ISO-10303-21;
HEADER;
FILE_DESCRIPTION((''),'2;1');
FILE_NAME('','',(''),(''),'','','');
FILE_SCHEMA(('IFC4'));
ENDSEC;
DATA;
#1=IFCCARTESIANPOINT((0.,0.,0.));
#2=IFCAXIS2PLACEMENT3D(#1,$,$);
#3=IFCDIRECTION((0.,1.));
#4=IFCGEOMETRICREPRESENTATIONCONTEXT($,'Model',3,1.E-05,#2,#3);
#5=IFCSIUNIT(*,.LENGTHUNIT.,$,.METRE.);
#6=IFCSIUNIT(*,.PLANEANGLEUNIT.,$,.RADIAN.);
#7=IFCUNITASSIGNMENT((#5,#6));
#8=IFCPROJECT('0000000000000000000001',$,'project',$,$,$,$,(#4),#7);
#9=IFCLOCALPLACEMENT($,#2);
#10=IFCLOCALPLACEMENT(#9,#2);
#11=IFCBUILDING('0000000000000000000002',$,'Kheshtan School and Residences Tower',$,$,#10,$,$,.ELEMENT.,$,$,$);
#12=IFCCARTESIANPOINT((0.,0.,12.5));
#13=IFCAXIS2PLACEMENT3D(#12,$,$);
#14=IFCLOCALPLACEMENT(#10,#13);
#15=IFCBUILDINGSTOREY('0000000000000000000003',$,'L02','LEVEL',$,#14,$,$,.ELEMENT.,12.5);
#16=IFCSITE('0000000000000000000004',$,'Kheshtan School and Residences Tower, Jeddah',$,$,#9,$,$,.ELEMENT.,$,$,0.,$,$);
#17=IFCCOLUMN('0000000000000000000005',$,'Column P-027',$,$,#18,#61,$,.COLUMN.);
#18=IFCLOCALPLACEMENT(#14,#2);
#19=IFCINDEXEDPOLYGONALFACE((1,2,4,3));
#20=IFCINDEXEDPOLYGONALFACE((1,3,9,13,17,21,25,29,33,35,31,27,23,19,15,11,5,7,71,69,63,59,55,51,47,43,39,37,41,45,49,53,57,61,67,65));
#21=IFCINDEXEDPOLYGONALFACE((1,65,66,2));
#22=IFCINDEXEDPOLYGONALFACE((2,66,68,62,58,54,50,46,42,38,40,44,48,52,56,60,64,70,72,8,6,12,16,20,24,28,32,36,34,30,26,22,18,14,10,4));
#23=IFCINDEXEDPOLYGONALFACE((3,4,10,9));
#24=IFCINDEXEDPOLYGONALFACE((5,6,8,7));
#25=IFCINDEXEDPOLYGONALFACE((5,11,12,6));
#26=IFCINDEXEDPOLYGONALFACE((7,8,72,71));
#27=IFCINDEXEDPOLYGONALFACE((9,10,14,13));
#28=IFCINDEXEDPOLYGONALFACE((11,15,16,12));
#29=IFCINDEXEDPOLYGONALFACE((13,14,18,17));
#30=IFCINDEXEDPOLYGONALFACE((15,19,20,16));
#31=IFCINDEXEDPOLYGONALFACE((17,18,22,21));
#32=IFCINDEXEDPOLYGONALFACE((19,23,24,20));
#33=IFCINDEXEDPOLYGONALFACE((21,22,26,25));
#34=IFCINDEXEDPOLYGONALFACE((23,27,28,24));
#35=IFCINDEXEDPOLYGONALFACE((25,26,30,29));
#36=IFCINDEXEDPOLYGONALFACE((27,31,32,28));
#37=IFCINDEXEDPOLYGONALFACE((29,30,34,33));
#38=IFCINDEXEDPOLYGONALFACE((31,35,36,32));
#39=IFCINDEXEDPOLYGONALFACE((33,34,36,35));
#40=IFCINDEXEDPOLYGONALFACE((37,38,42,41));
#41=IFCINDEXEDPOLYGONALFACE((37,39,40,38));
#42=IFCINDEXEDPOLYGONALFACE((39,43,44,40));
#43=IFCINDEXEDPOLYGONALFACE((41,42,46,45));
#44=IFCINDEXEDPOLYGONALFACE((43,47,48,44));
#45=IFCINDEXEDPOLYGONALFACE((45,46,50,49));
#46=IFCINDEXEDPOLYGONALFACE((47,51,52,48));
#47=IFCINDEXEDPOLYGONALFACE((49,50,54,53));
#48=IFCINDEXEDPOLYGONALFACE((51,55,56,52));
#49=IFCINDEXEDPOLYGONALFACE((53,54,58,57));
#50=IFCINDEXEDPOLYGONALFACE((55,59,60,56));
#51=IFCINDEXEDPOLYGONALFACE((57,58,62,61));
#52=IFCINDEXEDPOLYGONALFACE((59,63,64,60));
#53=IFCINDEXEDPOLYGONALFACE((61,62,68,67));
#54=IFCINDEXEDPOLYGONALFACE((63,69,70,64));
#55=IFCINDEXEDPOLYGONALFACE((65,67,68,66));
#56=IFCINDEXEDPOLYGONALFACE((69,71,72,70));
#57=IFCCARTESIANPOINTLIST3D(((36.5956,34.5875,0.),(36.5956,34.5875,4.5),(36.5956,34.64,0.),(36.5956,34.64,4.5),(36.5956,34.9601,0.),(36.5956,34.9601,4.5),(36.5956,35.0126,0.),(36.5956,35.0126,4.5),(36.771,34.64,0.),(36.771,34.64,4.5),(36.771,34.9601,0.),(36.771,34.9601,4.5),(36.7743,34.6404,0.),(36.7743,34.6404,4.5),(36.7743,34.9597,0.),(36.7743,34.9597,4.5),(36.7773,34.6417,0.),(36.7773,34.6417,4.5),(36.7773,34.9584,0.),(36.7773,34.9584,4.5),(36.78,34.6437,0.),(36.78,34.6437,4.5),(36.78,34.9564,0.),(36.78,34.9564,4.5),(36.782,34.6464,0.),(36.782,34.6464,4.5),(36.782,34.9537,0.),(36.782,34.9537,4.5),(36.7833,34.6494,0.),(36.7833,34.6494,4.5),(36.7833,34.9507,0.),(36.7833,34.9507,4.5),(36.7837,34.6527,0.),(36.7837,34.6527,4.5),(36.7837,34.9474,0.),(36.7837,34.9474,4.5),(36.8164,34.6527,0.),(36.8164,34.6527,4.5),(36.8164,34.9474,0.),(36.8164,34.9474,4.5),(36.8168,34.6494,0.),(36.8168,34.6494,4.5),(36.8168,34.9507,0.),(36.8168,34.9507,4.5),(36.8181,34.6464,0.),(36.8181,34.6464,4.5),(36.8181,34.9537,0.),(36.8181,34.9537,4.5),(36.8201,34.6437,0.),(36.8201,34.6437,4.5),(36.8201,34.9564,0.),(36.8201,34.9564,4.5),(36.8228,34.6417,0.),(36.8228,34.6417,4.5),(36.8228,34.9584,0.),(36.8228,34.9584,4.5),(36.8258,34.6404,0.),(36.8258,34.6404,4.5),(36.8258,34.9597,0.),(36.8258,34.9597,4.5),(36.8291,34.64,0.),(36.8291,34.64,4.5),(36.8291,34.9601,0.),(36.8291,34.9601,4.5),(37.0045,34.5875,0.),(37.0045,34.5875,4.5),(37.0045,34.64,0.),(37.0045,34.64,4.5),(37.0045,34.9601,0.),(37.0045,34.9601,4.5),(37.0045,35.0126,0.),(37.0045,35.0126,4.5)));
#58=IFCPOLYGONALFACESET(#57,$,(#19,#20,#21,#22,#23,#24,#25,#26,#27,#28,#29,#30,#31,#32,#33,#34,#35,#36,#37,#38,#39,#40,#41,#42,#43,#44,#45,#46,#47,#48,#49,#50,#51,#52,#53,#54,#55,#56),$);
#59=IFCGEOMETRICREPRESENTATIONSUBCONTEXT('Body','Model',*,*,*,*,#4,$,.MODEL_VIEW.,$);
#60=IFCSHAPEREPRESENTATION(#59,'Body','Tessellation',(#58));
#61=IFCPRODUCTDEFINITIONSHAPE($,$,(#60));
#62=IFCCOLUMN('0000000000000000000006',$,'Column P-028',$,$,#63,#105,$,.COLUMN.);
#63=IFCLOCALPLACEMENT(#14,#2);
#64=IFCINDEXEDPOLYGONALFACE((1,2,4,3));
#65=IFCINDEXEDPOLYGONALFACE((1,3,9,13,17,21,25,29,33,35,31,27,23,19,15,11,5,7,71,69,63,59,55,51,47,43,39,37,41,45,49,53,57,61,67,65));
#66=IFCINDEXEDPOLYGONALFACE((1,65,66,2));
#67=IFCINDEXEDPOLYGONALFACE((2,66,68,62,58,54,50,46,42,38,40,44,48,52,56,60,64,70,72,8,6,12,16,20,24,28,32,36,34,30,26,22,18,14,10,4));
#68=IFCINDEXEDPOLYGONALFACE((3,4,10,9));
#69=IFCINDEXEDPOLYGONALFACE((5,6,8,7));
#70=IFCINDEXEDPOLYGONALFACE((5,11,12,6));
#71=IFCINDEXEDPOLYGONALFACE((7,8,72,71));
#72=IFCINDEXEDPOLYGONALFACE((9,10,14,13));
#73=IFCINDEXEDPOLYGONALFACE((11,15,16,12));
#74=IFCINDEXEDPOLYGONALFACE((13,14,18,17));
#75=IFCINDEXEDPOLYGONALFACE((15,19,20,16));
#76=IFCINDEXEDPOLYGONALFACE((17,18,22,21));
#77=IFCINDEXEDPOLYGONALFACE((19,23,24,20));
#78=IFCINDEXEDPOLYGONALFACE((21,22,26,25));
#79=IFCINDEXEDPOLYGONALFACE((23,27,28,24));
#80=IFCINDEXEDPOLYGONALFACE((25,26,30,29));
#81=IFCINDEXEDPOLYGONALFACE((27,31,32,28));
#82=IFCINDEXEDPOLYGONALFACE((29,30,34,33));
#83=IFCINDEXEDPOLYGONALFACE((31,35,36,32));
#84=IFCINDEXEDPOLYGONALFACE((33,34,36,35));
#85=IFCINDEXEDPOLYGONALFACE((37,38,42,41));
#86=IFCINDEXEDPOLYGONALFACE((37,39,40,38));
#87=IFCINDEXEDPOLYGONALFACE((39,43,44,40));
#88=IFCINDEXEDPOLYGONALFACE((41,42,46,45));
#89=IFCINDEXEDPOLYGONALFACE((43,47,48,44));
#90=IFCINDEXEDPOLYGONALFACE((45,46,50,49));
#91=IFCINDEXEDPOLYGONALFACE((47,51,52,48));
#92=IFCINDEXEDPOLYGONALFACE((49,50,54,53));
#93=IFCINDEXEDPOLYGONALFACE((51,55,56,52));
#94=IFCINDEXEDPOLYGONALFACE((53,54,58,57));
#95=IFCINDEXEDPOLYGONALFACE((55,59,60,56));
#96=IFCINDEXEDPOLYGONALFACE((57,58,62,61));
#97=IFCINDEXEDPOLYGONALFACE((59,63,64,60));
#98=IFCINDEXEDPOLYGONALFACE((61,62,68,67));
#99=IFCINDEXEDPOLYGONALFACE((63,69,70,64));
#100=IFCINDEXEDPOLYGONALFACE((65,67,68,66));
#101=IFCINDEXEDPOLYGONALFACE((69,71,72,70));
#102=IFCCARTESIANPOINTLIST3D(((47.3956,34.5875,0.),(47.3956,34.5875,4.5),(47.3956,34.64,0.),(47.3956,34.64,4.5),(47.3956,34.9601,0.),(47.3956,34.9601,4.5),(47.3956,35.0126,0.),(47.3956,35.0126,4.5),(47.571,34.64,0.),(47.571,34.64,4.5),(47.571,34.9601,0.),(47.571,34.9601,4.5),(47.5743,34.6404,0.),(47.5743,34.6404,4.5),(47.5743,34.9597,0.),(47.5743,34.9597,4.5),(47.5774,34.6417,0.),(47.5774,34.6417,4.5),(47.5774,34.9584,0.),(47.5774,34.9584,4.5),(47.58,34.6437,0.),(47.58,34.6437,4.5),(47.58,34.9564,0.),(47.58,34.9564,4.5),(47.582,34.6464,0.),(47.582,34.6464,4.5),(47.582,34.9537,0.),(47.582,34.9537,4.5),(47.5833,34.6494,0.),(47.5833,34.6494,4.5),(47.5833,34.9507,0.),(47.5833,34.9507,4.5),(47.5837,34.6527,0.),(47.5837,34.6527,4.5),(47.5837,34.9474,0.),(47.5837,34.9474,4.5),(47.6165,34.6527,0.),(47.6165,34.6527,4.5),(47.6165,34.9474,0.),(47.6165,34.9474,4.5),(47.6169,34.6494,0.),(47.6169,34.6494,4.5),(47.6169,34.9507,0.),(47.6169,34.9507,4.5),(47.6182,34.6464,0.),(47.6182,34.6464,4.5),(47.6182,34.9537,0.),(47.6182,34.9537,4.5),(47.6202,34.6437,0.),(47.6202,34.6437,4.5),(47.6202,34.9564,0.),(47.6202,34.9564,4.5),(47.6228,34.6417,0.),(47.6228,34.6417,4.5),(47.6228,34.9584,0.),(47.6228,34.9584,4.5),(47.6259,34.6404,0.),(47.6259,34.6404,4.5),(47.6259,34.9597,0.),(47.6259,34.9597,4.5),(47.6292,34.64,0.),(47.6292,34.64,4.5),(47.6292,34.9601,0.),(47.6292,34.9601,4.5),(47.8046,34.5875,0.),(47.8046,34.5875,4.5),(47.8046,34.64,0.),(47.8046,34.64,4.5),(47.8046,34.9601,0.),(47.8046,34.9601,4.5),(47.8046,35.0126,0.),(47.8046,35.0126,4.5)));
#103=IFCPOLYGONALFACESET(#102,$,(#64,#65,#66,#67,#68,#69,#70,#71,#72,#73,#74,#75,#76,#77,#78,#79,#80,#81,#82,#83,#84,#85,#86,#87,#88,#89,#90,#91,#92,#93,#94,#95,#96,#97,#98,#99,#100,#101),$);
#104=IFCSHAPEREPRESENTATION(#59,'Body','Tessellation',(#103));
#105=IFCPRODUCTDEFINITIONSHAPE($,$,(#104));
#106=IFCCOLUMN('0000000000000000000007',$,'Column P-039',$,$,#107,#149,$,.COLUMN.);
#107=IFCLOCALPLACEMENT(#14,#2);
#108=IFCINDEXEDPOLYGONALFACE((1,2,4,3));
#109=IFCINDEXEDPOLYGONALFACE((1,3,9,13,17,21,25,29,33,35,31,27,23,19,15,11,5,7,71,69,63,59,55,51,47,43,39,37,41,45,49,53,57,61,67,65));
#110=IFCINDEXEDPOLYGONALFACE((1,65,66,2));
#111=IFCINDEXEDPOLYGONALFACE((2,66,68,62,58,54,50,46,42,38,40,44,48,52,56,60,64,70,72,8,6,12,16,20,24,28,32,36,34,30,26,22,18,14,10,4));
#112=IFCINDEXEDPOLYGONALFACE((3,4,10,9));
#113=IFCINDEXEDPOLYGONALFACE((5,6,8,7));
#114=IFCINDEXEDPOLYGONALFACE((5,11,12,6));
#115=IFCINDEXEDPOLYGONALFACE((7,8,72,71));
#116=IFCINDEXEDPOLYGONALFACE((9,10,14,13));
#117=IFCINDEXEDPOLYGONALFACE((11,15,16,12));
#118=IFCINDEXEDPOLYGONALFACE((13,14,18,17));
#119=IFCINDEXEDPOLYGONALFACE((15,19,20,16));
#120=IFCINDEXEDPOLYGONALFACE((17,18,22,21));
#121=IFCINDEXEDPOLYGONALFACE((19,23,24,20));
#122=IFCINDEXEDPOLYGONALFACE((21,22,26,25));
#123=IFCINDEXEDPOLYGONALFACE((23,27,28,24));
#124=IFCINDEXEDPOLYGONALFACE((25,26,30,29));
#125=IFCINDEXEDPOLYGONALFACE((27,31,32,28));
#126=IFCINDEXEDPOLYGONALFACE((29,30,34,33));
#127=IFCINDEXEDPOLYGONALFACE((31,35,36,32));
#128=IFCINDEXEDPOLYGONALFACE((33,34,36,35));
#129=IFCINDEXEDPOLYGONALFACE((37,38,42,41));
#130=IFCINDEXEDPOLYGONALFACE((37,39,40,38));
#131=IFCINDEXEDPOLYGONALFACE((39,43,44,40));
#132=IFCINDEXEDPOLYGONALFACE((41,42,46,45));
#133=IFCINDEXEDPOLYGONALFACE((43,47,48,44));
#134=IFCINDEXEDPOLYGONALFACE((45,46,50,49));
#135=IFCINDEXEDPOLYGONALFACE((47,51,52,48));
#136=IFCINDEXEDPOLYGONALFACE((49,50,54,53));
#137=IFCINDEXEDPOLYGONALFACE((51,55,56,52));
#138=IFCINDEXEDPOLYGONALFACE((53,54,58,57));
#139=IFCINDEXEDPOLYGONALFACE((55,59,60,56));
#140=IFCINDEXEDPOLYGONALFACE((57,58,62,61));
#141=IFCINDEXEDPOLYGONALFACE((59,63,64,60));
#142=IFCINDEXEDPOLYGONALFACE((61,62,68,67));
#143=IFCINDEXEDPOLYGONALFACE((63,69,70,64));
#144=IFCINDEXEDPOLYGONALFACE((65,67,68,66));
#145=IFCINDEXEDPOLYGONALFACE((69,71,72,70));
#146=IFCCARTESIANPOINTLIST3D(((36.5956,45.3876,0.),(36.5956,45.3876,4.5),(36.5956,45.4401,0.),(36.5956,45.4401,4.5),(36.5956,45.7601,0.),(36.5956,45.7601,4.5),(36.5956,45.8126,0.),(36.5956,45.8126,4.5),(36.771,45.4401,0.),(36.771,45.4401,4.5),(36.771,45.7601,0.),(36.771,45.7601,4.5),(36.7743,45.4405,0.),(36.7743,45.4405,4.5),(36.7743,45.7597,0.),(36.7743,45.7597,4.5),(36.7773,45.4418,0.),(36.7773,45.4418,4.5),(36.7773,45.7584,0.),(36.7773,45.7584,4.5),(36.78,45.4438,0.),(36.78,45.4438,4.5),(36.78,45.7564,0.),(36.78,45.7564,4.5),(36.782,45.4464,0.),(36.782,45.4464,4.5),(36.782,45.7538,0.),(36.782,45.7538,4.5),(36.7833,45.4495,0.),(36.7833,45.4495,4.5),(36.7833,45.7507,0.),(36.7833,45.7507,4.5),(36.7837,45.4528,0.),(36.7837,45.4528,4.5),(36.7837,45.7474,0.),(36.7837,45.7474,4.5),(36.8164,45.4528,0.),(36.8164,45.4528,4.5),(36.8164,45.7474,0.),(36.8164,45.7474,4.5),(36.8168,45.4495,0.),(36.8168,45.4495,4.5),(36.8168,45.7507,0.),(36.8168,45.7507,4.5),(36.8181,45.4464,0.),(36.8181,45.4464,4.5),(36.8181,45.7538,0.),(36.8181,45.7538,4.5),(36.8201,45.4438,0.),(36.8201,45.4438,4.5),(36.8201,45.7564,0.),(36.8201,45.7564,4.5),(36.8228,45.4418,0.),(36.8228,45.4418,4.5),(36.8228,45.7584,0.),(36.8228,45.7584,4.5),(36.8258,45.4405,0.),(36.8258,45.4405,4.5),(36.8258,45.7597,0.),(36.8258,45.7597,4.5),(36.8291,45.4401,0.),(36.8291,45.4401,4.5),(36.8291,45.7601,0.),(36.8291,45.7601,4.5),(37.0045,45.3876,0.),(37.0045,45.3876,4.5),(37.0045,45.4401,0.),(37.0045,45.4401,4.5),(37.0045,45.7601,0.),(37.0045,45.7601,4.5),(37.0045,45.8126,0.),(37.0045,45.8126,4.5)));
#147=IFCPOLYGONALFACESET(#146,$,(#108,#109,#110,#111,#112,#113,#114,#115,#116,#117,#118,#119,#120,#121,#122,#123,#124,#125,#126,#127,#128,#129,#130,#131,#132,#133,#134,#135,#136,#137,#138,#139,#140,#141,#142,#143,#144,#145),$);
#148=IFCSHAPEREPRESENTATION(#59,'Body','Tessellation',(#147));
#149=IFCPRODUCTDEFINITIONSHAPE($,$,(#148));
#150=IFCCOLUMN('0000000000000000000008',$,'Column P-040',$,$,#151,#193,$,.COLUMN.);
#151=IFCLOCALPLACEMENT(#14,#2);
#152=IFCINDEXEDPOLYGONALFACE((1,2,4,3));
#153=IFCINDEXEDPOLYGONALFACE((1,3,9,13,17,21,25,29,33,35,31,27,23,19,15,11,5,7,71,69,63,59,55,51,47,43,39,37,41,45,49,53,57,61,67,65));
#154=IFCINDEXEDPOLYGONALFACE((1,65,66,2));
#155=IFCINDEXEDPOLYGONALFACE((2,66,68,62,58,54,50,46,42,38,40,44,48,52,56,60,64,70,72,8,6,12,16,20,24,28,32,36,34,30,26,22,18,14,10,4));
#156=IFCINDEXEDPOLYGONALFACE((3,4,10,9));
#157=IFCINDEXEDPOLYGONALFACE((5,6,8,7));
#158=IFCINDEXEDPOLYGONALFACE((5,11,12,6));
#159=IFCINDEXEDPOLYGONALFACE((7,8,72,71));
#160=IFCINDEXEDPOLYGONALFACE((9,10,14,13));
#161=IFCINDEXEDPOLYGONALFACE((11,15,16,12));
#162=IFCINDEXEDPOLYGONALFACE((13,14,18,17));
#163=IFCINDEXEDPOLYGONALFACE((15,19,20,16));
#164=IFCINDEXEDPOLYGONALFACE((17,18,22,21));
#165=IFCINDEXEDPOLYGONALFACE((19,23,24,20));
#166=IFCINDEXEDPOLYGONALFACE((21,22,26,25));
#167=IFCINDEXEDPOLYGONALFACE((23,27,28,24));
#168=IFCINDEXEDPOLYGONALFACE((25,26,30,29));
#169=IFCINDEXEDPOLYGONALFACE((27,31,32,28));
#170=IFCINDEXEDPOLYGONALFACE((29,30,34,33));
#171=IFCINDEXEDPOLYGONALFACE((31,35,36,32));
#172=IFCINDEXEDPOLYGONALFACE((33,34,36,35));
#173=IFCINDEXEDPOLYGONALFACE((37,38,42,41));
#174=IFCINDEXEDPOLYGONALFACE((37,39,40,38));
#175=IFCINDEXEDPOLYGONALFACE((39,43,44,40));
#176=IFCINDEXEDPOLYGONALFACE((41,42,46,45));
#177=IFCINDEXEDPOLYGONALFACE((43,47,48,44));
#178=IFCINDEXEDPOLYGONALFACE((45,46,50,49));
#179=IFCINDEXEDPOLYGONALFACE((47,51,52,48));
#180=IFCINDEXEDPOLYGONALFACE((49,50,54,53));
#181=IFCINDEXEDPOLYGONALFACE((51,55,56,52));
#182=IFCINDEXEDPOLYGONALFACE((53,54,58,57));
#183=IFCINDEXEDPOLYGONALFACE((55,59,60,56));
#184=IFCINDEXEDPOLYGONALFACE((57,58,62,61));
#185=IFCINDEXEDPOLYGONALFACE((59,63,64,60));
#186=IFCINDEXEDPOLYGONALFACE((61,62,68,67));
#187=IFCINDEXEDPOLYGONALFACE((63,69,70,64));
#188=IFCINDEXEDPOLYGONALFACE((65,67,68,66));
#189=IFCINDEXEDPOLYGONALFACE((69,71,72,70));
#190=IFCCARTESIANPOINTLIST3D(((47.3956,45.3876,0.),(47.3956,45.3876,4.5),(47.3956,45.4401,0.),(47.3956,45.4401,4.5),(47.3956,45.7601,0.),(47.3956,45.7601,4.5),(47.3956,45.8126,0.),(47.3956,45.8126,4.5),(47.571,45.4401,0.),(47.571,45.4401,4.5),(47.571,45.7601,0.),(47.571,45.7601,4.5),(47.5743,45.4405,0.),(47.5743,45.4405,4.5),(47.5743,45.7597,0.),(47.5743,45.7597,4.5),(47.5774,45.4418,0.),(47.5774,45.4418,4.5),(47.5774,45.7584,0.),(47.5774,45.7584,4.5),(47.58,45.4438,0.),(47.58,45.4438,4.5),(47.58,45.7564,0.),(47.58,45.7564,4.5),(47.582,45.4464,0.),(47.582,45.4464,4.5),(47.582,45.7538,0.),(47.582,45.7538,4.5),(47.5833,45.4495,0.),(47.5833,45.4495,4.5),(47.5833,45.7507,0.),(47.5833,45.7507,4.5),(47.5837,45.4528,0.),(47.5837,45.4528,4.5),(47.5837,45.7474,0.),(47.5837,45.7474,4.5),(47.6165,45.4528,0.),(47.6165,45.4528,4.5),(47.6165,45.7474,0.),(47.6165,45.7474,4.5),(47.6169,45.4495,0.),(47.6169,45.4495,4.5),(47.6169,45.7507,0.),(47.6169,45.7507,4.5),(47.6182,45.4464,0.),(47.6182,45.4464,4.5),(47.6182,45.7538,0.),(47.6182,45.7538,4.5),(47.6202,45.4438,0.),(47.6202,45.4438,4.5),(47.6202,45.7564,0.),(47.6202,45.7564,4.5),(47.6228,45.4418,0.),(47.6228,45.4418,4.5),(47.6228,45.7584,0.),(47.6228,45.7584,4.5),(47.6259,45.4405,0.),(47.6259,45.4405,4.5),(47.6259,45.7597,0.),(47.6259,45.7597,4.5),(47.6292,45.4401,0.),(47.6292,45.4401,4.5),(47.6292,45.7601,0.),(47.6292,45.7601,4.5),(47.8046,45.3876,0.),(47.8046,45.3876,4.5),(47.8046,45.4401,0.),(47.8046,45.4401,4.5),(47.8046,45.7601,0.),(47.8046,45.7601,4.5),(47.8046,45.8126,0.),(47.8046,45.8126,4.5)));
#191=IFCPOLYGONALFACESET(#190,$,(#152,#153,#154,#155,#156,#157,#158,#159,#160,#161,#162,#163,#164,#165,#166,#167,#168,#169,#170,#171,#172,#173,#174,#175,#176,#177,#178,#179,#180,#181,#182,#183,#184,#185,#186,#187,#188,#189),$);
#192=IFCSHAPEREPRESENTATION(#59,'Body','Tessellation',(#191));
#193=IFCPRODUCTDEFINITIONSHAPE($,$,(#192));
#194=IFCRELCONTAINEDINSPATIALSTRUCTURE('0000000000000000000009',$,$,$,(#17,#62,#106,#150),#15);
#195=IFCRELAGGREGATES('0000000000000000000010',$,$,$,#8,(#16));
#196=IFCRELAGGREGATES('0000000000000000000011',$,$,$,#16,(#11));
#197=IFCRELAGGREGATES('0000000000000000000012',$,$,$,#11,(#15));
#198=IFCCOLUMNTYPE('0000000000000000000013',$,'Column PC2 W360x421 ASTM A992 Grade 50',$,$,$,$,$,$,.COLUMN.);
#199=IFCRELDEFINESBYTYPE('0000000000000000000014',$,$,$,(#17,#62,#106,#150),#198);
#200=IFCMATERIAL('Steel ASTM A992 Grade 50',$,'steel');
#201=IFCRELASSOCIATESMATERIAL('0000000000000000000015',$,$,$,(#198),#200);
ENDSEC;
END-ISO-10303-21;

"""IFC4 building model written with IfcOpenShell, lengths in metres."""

from ifc_helpers import new_model, si_unit, direction, frame, origin, origin_2d, place, context, subcontext, project, spatial, i_section, extrude, material, material_profile, profile_set, type_object, element, save


model = new_model("IFC4")

# Units and contexts
model_context = context("Model", 3, precision=1e-05, world=origin(), true_north=direction((0.0, 1.0)))
body_context = subcontext(model_context, "Body", "Model", "MODEL_VIEW")
ifc_project = project(units=[si_unit("LENGTHUNIT", "METRE"), si_unit("PLANEANGLEUNIT", "RADIAN")], contexts=[model_context])

# Site, building, storey
site_placement = place(None, origin())
site = spatial("IfcSite", under=ifc_project, at=site_placement, Name="Kheshtan School and Residences Tower, Jeddah", CompositionType="ELEMENT", RefElevation=0.0)
building_placement = place(site_placement, origin())
building = spatial("IfcBuilding", under=site, at=building_placement, Name="Kheshtan School and Residences Tower", CompositionType="ELEMENT")
storey_placement = place(building_placement, frame((0.0, 0.0, 12.5)))
storey = spatial("IfcBuildingStorey", under=building, at=storey_placement, Name="L02", Description="LEVEL", CompositionType="ELEMENT", Elevation=12.5)

# Columns
ifc_material_1 = material(Name="Steel ASTM A992 Grade 50", Category="steel")
ifc_material_profile_1 = material_profile(ifc_material_1, i_section(OverallWidth=0.4089, OverallDepth=0.425, WebThickness=0.0327, FlangeThickness=0.0525, FilletRadius=0.0127, at=origin_2d()), Name="W360x421")
ifc_profile_set_1 = profile_set([ifc_material_profile_1], Name="Steel ASTM A992 Grade 50")
column_type = type_object("IfcColumnType", Name="Column PC2 W360x421 ASTM A992 Grade 50", PredefinedType="COLUMN", material=ifc_profile_set_1)
for number, where, z_axis, x_axis, name in (
    (1, (36.8, 34.8, 0.0), (0.0, 0.0, 1.0), (1.0, 0.0, 0.0), "Column P-027"),
    (2, (47.6001, 34.8, 0.0), (0.0, 0.0, 1.0), (1.0, 0.0, 0.0), "Column P-028"),
    (3, (36.8, 45.6001, 0.0), (0.0, 0.0, 1.0), (1.0, 0.0, 0.0), "Column P-039"),
    (4, (47.6001, 45.6001, 0.0), (0.0, 0.0, 1.0), (1.0, 0.0, 0.0), "Column P-040"),
):
    element("IfcColumn", number, at=place(storey_placement, frame(where, z_axis=z_axis, x_axis=x_axis)), inside=storey, type_object=column_type, Name=name, PredefinedType="COLUMN", context=body_context, shape_type="SweptSolid", body=[
        extrude(i_section(OverallWidth=0.4089, OverallDepth=0.425, WebThickness=0.0327, FlangeThickness=0.0525, FilletRadius=0.0127, at=origin_2d()), origin(), (0.0, 0.0, 1.0), 4.5),
    ])

save(model, "model.ifc")
